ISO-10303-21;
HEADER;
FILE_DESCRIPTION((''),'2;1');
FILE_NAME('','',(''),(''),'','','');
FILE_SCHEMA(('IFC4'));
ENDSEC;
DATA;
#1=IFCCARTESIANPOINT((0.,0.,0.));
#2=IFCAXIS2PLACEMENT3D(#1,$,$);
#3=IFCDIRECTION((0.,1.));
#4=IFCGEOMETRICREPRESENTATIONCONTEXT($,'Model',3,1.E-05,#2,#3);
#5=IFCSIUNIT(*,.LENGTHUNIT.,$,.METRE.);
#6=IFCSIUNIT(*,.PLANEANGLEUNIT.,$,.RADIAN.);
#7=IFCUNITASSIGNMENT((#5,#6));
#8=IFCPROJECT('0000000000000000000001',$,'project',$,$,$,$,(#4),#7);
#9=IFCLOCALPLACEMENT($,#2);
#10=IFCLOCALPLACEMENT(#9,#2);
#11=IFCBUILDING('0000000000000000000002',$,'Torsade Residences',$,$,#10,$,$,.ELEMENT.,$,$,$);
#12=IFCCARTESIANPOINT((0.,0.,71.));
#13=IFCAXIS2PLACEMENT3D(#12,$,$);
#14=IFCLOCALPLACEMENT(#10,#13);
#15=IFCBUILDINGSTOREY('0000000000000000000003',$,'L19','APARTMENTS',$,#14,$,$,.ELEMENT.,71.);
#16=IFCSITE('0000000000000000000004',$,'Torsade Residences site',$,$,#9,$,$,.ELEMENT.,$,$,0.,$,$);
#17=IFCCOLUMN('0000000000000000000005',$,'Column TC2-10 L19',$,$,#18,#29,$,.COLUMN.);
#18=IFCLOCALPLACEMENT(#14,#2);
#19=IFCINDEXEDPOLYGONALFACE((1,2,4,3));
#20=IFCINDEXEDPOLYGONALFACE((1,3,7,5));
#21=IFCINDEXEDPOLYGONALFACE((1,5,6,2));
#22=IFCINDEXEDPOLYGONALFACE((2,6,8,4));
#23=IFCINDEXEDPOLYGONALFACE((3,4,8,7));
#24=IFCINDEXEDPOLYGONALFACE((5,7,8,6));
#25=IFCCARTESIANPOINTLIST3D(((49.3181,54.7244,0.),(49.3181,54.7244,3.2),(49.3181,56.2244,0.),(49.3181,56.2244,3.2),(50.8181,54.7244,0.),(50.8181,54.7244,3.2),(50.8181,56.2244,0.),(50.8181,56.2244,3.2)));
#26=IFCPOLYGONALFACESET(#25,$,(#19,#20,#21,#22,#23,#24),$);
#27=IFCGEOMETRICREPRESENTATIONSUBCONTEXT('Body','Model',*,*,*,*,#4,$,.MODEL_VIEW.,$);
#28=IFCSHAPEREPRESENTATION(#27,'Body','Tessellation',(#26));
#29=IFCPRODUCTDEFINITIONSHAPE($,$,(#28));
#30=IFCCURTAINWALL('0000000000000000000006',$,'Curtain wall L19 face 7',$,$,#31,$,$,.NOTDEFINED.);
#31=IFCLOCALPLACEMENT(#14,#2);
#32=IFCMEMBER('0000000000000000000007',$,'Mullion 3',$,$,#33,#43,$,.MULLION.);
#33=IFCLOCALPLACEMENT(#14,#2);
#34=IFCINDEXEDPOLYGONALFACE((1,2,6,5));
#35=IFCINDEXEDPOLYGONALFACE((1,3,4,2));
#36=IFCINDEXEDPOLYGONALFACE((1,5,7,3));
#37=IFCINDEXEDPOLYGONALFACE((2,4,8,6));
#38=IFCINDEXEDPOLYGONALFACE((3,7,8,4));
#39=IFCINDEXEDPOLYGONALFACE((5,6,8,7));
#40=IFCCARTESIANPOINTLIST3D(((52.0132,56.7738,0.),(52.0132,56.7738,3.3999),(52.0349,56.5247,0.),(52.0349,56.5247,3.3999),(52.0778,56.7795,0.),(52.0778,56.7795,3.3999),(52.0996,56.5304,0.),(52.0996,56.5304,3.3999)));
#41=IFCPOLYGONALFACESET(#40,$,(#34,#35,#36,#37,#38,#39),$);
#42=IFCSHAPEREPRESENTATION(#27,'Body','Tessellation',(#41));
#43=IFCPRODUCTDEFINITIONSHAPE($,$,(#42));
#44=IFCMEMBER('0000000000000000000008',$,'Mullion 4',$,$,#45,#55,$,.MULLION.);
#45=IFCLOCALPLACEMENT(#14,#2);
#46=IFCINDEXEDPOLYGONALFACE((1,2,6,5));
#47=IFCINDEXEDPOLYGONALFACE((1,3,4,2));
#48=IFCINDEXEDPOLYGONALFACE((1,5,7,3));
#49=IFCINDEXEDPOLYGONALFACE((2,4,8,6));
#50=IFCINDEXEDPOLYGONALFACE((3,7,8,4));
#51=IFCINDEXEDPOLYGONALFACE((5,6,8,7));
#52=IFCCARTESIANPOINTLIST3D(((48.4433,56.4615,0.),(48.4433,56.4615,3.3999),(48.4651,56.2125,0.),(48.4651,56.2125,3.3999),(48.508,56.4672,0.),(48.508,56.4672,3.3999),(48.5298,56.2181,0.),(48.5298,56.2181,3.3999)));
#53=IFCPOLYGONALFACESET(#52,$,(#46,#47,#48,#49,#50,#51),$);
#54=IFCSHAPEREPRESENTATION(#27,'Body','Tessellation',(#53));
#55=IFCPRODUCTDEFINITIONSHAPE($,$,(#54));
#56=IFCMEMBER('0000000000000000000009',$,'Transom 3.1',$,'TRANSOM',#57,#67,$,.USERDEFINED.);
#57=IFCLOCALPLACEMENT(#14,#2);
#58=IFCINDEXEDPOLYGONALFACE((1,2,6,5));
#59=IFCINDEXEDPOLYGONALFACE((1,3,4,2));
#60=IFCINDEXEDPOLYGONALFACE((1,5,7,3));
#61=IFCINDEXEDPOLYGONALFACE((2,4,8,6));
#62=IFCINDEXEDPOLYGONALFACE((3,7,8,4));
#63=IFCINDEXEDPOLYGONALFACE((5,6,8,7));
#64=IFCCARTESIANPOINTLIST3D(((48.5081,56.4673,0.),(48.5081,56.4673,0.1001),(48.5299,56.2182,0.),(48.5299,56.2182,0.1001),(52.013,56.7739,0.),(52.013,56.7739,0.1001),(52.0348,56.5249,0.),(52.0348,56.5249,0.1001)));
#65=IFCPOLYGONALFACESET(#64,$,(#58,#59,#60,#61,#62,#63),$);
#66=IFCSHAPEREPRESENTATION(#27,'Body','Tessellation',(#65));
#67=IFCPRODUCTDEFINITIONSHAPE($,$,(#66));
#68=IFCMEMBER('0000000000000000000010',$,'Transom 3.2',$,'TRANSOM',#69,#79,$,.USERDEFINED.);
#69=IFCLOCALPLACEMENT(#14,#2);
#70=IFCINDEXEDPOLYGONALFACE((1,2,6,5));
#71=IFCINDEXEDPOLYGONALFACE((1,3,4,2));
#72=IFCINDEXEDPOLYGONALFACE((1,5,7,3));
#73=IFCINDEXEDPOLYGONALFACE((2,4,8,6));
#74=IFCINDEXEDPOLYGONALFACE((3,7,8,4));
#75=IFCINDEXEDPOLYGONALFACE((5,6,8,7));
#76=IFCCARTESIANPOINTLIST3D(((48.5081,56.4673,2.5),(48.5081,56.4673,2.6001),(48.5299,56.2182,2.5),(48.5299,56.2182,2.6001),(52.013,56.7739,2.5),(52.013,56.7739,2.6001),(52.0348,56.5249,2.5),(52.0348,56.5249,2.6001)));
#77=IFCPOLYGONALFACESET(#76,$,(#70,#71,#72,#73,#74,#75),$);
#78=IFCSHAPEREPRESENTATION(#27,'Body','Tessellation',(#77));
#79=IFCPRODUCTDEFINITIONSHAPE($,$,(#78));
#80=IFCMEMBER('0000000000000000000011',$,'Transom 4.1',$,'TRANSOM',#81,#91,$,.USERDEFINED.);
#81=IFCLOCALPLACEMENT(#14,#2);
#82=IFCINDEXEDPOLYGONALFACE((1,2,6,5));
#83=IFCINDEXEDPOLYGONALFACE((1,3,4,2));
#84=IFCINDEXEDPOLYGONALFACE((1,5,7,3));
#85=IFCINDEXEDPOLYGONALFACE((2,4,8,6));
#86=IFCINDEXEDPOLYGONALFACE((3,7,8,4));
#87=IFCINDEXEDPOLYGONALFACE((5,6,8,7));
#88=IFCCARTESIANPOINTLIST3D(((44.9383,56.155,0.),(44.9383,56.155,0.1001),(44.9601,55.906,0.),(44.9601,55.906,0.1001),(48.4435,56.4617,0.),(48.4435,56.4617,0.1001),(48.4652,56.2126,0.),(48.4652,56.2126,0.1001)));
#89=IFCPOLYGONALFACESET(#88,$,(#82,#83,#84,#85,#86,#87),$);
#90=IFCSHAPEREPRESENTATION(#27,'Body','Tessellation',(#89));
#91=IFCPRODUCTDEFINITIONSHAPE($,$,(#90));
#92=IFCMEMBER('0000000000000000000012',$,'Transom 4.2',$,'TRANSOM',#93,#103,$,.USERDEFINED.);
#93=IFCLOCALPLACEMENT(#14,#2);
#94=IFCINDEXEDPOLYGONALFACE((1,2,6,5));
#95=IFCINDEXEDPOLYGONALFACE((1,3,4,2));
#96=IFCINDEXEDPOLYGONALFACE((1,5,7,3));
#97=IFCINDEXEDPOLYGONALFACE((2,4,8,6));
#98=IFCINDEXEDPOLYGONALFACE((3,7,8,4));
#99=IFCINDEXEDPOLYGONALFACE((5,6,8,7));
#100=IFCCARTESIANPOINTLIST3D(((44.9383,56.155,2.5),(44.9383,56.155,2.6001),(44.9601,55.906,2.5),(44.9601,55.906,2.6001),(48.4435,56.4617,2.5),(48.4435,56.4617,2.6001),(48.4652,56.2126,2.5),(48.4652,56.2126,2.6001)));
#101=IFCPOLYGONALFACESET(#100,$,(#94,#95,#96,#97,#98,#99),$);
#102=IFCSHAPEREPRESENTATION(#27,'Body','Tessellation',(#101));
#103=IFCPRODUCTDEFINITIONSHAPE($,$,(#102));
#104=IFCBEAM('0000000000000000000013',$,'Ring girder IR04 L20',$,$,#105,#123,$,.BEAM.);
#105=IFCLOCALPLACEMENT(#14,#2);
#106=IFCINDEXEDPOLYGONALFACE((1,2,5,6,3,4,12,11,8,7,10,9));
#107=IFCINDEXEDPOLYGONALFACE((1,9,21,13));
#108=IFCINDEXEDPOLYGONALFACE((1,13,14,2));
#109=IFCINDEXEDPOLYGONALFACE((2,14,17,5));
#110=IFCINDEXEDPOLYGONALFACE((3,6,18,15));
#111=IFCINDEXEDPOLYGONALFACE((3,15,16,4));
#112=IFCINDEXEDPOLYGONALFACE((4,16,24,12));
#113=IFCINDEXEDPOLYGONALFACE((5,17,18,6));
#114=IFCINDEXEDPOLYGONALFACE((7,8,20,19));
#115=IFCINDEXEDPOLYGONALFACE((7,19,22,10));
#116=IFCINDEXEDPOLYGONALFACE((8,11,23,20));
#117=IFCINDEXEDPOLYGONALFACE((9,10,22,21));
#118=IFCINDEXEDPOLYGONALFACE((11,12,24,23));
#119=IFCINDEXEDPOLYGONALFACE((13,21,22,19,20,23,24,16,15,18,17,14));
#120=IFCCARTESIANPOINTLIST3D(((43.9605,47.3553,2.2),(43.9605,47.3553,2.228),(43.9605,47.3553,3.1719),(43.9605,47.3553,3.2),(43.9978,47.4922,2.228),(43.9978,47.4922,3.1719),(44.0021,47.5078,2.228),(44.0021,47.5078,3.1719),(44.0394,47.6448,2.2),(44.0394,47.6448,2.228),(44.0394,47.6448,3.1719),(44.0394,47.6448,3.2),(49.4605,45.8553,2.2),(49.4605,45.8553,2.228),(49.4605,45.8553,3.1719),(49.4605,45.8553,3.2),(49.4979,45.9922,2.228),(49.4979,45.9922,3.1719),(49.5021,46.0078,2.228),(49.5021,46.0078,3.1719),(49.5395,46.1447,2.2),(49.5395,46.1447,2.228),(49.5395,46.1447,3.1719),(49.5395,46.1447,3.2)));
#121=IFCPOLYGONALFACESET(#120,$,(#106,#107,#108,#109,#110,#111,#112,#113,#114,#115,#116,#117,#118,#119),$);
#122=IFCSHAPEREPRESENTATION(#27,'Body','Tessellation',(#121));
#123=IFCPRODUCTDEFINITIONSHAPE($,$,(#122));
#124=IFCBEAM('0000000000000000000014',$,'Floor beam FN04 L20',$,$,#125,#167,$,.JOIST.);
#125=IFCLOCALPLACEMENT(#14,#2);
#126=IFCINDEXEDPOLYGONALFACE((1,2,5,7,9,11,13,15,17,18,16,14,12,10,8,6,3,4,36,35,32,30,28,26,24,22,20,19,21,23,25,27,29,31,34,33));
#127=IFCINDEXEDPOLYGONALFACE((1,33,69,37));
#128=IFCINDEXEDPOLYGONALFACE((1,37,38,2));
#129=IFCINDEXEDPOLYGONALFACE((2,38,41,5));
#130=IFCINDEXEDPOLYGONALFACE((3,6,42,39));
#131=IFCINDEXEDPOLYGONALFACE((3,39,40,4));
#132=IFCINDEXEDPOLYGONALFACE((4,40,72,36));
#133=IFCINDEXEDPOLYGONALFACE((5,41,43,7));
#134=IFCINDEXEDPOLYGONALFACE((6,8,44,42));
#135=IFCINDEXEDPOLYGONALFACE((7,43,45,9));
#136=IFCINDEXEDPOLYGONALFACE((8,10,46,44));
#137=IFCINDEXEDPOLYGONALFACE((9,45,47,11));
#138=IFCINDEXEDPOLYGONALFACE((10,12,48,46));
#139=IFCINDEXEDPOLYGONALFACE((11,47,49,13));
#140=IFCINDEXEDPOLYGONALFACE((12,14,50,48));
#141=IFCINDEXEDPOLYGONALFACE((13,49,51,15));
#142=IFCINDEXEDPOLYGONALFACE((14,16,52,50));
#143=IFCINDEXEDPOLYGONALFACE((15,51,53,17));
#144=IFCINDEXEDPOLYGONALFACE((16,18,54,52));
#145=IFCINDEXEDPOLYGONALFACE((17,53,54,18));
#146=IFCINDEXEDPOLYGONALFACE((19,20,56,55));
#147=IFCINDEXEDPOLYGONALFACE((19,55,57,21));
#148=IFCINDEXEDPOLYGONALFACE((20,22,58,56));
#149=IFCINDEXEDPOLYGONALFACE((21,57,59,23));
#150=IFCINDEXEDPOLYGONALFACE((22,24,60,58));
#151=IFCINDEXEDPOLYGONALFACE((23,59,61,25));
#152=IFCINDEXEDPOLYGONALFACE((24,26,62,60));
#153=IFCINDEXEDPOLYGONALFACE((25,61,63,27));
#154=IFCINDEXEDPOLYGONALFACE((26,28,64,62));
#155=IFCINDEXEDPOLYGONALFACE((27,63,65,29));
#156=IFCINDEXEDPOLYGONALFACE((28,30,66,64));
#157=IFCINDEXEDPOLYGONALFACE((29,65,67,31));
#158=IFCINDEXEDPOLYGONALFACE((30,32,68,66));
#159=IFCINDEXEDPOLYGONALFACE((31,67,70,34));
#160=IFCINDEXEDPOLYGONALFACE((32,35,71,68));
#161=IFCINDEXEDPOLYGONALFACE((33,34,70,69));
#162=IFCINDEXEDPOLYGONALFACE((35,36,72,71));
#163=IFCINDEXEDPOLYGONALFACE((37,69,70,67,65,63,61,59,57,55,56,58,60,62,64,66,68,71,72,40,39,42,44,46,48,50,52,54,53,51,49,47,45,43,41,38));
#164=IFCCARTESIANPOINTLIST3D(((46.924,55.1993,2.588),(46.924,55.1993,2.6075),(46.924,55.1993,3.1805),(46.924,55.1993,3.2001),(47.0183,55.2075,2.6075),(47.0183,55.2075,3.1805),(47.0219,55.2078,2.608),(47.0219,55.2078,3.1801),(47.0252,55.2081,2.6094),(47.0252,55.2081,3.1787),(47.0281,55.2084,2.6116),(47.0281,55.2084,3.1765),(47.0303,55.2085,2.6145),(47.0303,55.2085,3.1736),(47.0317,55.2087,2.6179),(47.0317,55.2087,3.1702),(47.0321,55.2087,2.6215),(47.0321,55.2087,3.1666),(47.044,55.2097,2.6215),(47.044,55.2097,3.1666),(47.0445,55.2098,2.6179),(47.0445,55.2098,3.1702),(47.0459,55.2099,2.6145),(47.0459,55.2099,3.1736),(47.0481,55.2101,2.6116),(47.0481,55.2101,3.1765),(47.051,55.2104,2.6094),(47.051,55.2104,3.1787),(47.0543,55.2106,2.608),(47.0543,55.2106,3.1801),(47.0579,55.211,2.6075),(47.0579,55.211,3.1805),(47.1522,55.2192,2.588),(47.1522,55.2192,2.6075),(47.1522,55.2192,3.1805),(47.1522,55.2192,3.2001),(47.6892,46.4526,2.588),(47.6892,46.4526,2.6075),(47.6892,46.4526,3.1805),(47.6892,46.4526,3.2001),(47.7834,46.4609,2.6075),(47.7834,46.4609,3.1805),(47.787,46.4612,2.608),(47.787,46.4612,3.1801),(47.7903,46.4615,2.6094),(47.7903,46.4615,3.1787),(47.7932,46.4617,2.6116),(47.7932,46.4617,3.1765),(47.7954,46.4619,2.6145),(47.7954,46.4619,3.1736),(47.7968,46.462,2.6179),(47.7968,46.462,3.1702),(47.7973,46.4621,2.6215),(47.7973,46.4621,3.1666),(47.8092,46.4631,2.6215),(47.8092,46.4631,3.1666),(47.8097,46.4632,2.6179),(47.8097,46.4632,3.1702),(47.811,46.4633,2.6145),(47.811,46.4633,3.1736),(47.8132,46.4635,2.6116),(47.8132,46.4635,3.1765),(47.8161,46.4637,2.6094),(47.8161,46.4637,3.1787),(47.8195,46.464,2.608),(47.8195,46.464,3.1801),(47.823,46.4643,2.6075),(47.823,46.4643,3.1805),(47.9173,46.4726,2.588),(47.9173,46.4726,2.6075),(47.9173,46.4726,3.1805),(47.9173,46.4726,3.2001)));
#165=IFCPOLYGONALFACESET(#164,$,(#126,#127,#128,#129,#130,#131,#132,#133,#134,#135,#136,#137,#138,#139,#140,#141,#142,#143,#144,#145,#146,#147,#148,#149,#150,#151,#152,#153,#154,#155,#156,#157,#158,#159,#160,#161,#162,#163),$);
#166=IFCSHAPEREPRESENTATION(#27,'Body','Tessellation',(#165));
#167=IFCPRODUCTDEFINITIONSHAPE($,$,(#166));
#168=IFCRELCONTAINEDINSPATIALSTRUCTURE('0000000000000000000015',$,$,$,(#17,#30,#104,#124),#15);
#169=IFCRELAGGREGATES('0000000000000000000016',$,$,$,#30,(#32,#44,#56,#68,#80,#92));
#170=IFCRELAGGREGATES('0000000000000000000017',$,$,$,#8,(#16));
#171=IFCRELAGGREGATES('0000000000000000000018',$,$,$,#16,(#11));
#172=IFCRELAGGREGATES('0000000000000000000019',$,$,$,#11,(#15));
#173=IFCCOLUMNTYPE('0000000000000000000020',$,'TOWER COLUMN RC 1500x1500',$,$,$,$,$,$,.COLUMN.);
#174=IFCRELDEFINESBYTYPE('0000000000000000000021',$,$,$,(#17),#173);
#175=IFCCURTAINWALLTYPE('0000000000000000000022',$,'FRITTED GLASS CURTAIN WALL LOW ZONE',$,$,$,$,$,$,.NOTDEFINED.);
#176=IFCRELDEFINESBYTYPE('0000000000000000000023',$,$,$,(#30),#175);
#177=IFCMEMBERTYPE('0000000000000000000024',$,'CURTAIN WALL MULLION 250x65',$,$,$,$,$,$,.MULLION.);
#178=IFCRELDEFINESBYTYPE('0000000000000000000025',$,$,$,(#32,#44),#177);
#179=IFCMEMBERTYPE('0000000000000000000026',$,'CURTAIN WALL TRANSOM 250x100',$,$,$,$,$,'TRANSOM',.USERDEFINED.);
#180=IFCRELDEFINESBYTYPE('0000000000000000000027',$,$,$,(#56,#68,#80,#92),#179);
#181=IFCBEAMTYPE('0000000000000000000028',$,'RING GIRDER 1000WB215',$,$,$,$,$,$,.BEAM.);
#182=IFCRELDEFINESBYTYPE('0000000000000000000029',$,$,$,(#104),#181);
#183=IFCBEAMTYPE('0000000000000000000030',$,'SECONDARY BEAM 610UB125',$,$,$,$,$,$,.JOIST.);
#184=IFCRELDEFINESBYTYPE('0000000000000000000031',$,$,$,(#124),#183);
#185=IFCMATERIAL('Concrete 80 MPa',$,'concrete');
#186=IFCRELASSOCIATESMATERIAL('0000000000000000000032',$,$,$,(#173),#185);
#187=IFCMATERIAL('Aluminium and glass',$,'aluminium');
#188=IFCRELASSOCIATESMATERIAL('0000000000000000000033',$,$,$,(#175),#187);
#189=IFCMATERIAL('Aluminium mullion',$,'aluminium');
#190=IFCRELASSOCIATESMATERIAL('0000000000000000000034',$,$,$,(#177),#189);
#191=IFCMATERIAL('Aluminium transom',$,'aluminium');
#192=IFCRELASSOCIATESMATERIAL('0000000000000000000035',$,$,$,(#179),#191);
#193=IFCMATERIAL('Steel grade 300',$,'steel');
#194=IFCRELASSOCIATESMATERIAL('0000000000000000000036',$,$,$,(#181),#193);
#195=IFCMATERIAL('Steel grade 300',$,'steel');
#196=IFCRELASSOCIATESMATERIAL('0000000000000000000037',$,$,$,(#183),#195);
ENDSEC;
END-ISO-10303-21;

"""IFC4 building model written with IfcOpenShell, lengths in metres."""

from ifc_helpers import new_model, si_unit, direction, frame, origin, origin_2d, place, context, subcontext, project, spatial, rectangle, i_section, extrude, material, material_profile, profile_set, type_object, element, aggregate, save


model = new_model("IFC4")

# Units and contexts
model_context = context("Model", 3, precision=1e-05, world=origin(), true_north=direction((0.0, 1.0)))
body_context = subcontext(model_context, "Body", "Model", "MODEL_VIEW")
ifc_project = project(units=[si_unit("LENGTHUNIT", "METRE"), si_unit("PLANEANGLEUNIT", "RADIAN")], contexts=[model_context])

# Site, building, storey
site_placement = place(None, origin())
site = spatial("IfcSite", under=ifc_project, at=site_placement, Name="Torsade Residences site", CompositionType="ELEMENT", RefElevation=0.0)
building_placement = place(site_placement, origin())
building = spatial("IfcBuilding", under=site, at=building_placement, Name="Torsade Residences", CompositionType="ELEMENT")
storey_placement = place(building_placement, frame((0.0, 0.0, 71.0)))
storey = spatial("IfcBuildingStorey", under=building, at=storey_placement, Name="L19", Description="APARTMENTS", CompositionType="ELEMENT", Elevation=71.0)

# Column
ifc_material_1 = material(Name="Concrete 80 MPa", Category="concrete")
ifc_material_profile_1 = material_profile(ifc_material_1, rectangle(XDim=1.5, YDim=1.5, at=origin_2d()), Name="RC 1500x1500")
ifc_profile_set_1 = profile_set([ifc_material_profile_1], Name="Concrete 80 MPa")
column_type = type_object("IfcColumnType", Name="TOWER COLUMN RC 1500x1500", PredefinedType="COLUMN", material=ifc_profile_set_1)
column_placement = place(storey_placement, frame((50.0681, 55.4744, 0.0), z_axis=(0.0, 0.0, 1.0), x_axis=(1.0, 0.0, 0.0)))
element("IfcColumn", 1, at=column_placement, inside=storey, type_object=column_type, Name="Column TC2-10 L19", PredefinedType="COLUMN", context=body_context, shape_type="SweptSolid", body=[
    extrude(rectangle(XDim=1.5, YDim=1.5, at=origin_2d()), origin(), (0.0, 0.0, 1.0), 3.2),
])

# Curtain wall, members
ifc_material_2 = material(Name="Aluminium and glass", Category="aluminium")
curtain_wall_type = type_object("IfcCurtainWallType", Name="FRITTED GLASS CURTAIN WALL LOW ZONE", PredefinedType="NOTDEFINED", material=ifc_material_2)
curtain_wall_placement = place(storey_placement, origin())
curtain_wall = element("IfcCurtainWall", 2, at=curtain_wall_placement, inside=storey, type_object=curtain_wall_type, Name="Curtain wall L19 face 7", PredefinedType="NOTDEFINED")
ifc_material_3 = material(Name="Aluminium mullion", Category="aluminium")
ifc_material_profile_2 = material_profile(ifc_material_3, rectangle(XDim=0.25, YDim=0.0649, at=origin_2d()), Name="CURTAIN WALL MULLION 250x65")
ifc_profile_set_2 = profile_set([ifc_material_profile_2], Name="Aluminium mullion")
member_type_1 = type_object("IfcMemberType", Name="CURTAIN WALL MULLION 250x65", PredefinedType="MULLION", material=ifc_profile_set_2)
member_1_placement = place(storey_placement, frame((52.0564, 56.6521, 0.0), z_axis=(0.0, 0.0, 1.0), x_axis=(0.087156, -0.996195, 0.0)))
member_1 = element("IfcMember", 3, at=member_1_placement, type_object=member_type_1, Name="Mullion 3", PredefinedType="MULLION", context=body_context, shape_type="SweptSolid", body=[
    extrude(rectangle(XDim=0.25, YDim=0.0649, at=origin_2d()), origin(), (0.0, 0.0, 1.0), 3.3999),
])
member_2_placement = place(storey_placement, frame((48.4866, 56.3398, 0.0), z_axis=(0.0, 0.0, 1.0), x_axis=(0.087156, -0.996195, 0.0)))
member_2 = element("IfcMember", 4, at=member_2_placement, type_object=member_type_1, Name="Mullion 4", PredefinedType="MULLION", context=body_context, shape_type="SweptSolid", body=[
    extrude(rectangle(XDim=0.25, YDim=0.0649, at=origin_2d()), origin(), (0.0, 0.0, 1.0), 3.3999),
])
ifc_material_4 = material(Name="Aluminium transom", Category="aluminium")
ifc_material_profile_3 = material_profile(ifc_material_4, rectangle(XDim=0.25, YDim=0.1001, at=origin_2d()), Name="CURTAIN WALL TRANSOM 250x100")
ifc_profile_set_3 = profile_set([ifc_material_profile_3], Name="Aluminium transom")
member_type_2 = type_object("IfcMemberType", Name="CURTAIN WALL TRANSOM 250x100", ElementType="TRANSOM", PredefinedType="USERDEFINED", material=ifc_profile_set_3)
member_3_placement = place(storey_placement, frame((52.0239, 56.6494, 0.05), z_axis=(-0.996195, -0.087157, 0.0), x_axis=(0.087157, -0.996195, 0.0)))
member_3 = element("IfcMember", 5, at=member_3_placement, type_object=member_type_2, Name="Transom 3.1", ObjectType="TRANSOM", PredefinedType="USERDEFINED", context=body_context, shape_type="SweptSolid", body=[
    extrude(rectangle(XDim=0.25, YDim=0.1001, at=origin_2d()), origin(), (0.0, 0.0, 1.0), 3.5183),
])
member_4_placement = place(storey_placement, frame((52.0239, 56.6494, 2.55), z_axis=(-0.996195, -0.087157, 0.0), x_axis=(0.087157, -0.996195, 0.0)))
member_4 = element("IfcMember", 6, at=member_4_placement, type_object=member_type_2, Name="Transom 3.2", ObjectType="TRANSOM", PredefinedType="USERDEFINED", context=body_context, shape_type="SweptSolid", body=[
    extrude(rectangle(XDim=0.25, YDim=0.1001, at=origin_2d()), origin(), (0.0, 0.0, 1.0), 3.5183),
])
member_5_placement = place(storey_placement, frame((48.4543, 56.3372, 0.05), z_axis=(-0.996195, -0.087151, 0.0), x_axis=(0.087151, -0.996195, 0.0)))
member_5 = element("IfcMember", 7, at=member_5_placement, type_object=member_type_2, Name="Transom 4.1", ObjectType="TRANSOM", PredefinedType="USERDEFINED", context=body_context, shape_type="SweptSolid", body=[
    extrude(rectangle(XDim=0.25, YDim=0.1001, at=origin_2d()), origin(), (0.0, 0.0, 1.0), 3.5186),
])
member_6_placement = place(storey_placement, frame((48.4543, 56.3372, 2.55), z_axis=(-0.996195, -0.087151, 0.0), x_axis=(0.087151, -0.996195, 0.0)))
member_6 = element("IfcMember", 8, at=member_6_placement, type_object=member_type_2, Name="Transom 4.2", ObjectType="TRANSOM", PredefinedType="USERDEFINED", context=body_context, shape_type="SweptSolid", body=[
    extrude(rectangle(XDim=0.25, YDim=0.1001, at=origin_2d()), origin(), (0.0, 0.0, 1.0), 3.5186),
])

# Beams
ifc_material_5 = material(Name="Steel grade 300", Category="steel")
ifc_material_profile_4 = material_profile(ifc_material_5, i_section(OverallWidth=0.3, OverallDepth=1.0, WebThickness=0.0161, FlangeThickness=0.0281, at=origin_2d()), Name="1000WB215")
ifc_profile_set_4 = profile_set([ifc_material_profile_4], Name="Steel grade 300")
beam_type_1 = type_object("IfcBeamType", Name="RING GIRDER 1000WB215", PredefinedType="BEAM", material=ifc_profile_set_4)
beam_1_placement = place(storey_placement, frame((49.5, 46.0, 2.7), z_axis=(-0.964764, 0.263117, 0.0), x_axis=(-0.263117, -0.964764, 0.0)))
element("IfcBeam", 9, at=beam_1_placement, inside=storey, type_object=beam_type_1, Name="Ring girder IR04 L20", PredefinedType="BEAM", context=body_context, shape_type="SweptSolid", body=[
    extrude(i_section(OverallWidth=0.3, OverallDepth=1.0, WebThickness=0.0161, FlangeThickness=0.0281, at=origin_2d()), origin(), (0.0, 0.0, 1.0), 5.7009),
])
ifc_material_6 = material(Name="Steel grade 300", Category="steel")
ifc_material_profile_5 = material_profile(ifc_material_6, i_section(OverallWidth=0.229, OverallDepth=0.6121, WebThickness=0.012, FlangeThickness=0.0195, FilletRadius=0.0139, at=origin_2d()), Name="610UB125")
ifc_profile_set_5 = profile_set([ifc_material_profile_5], Name="Steel grade 300")
beam_type_2 = type_object("IfcBeamType", Name="SECONDARY BEAM 610UB125", PredefinedType="JOIST", material=ifc_profile_set_5)
beam_2_placement = place(storey_placement, frame((47.0381, 55.2092, 2.894), z_axis=(0.087146, -0.996196, 0.0), x_axis=(0.996196, 0.087146, 0.0)))
element("IfcBeam", 10, at=beam_2_placement, inside=storey, type_object=beam_type_2, Name="Floor beam FN04 L20", PredefinedType="JOIST", context=body_context, shape_type="SweptSolid", body=[
    extrude(i_section(OverallWidth=0.229, OverallDepth=0.6121, WebThickness=0.012, FlangeThickness=0.0195, FilletRadius=0.0139, at=origin_2d()), origin(), (0.0, 0.0, 1.0), 8.78),
])

aggregate(curtain_wall, [member_1, member_2, member_3, member_4, member_5, member_6])

save(model, "model.ifc")
